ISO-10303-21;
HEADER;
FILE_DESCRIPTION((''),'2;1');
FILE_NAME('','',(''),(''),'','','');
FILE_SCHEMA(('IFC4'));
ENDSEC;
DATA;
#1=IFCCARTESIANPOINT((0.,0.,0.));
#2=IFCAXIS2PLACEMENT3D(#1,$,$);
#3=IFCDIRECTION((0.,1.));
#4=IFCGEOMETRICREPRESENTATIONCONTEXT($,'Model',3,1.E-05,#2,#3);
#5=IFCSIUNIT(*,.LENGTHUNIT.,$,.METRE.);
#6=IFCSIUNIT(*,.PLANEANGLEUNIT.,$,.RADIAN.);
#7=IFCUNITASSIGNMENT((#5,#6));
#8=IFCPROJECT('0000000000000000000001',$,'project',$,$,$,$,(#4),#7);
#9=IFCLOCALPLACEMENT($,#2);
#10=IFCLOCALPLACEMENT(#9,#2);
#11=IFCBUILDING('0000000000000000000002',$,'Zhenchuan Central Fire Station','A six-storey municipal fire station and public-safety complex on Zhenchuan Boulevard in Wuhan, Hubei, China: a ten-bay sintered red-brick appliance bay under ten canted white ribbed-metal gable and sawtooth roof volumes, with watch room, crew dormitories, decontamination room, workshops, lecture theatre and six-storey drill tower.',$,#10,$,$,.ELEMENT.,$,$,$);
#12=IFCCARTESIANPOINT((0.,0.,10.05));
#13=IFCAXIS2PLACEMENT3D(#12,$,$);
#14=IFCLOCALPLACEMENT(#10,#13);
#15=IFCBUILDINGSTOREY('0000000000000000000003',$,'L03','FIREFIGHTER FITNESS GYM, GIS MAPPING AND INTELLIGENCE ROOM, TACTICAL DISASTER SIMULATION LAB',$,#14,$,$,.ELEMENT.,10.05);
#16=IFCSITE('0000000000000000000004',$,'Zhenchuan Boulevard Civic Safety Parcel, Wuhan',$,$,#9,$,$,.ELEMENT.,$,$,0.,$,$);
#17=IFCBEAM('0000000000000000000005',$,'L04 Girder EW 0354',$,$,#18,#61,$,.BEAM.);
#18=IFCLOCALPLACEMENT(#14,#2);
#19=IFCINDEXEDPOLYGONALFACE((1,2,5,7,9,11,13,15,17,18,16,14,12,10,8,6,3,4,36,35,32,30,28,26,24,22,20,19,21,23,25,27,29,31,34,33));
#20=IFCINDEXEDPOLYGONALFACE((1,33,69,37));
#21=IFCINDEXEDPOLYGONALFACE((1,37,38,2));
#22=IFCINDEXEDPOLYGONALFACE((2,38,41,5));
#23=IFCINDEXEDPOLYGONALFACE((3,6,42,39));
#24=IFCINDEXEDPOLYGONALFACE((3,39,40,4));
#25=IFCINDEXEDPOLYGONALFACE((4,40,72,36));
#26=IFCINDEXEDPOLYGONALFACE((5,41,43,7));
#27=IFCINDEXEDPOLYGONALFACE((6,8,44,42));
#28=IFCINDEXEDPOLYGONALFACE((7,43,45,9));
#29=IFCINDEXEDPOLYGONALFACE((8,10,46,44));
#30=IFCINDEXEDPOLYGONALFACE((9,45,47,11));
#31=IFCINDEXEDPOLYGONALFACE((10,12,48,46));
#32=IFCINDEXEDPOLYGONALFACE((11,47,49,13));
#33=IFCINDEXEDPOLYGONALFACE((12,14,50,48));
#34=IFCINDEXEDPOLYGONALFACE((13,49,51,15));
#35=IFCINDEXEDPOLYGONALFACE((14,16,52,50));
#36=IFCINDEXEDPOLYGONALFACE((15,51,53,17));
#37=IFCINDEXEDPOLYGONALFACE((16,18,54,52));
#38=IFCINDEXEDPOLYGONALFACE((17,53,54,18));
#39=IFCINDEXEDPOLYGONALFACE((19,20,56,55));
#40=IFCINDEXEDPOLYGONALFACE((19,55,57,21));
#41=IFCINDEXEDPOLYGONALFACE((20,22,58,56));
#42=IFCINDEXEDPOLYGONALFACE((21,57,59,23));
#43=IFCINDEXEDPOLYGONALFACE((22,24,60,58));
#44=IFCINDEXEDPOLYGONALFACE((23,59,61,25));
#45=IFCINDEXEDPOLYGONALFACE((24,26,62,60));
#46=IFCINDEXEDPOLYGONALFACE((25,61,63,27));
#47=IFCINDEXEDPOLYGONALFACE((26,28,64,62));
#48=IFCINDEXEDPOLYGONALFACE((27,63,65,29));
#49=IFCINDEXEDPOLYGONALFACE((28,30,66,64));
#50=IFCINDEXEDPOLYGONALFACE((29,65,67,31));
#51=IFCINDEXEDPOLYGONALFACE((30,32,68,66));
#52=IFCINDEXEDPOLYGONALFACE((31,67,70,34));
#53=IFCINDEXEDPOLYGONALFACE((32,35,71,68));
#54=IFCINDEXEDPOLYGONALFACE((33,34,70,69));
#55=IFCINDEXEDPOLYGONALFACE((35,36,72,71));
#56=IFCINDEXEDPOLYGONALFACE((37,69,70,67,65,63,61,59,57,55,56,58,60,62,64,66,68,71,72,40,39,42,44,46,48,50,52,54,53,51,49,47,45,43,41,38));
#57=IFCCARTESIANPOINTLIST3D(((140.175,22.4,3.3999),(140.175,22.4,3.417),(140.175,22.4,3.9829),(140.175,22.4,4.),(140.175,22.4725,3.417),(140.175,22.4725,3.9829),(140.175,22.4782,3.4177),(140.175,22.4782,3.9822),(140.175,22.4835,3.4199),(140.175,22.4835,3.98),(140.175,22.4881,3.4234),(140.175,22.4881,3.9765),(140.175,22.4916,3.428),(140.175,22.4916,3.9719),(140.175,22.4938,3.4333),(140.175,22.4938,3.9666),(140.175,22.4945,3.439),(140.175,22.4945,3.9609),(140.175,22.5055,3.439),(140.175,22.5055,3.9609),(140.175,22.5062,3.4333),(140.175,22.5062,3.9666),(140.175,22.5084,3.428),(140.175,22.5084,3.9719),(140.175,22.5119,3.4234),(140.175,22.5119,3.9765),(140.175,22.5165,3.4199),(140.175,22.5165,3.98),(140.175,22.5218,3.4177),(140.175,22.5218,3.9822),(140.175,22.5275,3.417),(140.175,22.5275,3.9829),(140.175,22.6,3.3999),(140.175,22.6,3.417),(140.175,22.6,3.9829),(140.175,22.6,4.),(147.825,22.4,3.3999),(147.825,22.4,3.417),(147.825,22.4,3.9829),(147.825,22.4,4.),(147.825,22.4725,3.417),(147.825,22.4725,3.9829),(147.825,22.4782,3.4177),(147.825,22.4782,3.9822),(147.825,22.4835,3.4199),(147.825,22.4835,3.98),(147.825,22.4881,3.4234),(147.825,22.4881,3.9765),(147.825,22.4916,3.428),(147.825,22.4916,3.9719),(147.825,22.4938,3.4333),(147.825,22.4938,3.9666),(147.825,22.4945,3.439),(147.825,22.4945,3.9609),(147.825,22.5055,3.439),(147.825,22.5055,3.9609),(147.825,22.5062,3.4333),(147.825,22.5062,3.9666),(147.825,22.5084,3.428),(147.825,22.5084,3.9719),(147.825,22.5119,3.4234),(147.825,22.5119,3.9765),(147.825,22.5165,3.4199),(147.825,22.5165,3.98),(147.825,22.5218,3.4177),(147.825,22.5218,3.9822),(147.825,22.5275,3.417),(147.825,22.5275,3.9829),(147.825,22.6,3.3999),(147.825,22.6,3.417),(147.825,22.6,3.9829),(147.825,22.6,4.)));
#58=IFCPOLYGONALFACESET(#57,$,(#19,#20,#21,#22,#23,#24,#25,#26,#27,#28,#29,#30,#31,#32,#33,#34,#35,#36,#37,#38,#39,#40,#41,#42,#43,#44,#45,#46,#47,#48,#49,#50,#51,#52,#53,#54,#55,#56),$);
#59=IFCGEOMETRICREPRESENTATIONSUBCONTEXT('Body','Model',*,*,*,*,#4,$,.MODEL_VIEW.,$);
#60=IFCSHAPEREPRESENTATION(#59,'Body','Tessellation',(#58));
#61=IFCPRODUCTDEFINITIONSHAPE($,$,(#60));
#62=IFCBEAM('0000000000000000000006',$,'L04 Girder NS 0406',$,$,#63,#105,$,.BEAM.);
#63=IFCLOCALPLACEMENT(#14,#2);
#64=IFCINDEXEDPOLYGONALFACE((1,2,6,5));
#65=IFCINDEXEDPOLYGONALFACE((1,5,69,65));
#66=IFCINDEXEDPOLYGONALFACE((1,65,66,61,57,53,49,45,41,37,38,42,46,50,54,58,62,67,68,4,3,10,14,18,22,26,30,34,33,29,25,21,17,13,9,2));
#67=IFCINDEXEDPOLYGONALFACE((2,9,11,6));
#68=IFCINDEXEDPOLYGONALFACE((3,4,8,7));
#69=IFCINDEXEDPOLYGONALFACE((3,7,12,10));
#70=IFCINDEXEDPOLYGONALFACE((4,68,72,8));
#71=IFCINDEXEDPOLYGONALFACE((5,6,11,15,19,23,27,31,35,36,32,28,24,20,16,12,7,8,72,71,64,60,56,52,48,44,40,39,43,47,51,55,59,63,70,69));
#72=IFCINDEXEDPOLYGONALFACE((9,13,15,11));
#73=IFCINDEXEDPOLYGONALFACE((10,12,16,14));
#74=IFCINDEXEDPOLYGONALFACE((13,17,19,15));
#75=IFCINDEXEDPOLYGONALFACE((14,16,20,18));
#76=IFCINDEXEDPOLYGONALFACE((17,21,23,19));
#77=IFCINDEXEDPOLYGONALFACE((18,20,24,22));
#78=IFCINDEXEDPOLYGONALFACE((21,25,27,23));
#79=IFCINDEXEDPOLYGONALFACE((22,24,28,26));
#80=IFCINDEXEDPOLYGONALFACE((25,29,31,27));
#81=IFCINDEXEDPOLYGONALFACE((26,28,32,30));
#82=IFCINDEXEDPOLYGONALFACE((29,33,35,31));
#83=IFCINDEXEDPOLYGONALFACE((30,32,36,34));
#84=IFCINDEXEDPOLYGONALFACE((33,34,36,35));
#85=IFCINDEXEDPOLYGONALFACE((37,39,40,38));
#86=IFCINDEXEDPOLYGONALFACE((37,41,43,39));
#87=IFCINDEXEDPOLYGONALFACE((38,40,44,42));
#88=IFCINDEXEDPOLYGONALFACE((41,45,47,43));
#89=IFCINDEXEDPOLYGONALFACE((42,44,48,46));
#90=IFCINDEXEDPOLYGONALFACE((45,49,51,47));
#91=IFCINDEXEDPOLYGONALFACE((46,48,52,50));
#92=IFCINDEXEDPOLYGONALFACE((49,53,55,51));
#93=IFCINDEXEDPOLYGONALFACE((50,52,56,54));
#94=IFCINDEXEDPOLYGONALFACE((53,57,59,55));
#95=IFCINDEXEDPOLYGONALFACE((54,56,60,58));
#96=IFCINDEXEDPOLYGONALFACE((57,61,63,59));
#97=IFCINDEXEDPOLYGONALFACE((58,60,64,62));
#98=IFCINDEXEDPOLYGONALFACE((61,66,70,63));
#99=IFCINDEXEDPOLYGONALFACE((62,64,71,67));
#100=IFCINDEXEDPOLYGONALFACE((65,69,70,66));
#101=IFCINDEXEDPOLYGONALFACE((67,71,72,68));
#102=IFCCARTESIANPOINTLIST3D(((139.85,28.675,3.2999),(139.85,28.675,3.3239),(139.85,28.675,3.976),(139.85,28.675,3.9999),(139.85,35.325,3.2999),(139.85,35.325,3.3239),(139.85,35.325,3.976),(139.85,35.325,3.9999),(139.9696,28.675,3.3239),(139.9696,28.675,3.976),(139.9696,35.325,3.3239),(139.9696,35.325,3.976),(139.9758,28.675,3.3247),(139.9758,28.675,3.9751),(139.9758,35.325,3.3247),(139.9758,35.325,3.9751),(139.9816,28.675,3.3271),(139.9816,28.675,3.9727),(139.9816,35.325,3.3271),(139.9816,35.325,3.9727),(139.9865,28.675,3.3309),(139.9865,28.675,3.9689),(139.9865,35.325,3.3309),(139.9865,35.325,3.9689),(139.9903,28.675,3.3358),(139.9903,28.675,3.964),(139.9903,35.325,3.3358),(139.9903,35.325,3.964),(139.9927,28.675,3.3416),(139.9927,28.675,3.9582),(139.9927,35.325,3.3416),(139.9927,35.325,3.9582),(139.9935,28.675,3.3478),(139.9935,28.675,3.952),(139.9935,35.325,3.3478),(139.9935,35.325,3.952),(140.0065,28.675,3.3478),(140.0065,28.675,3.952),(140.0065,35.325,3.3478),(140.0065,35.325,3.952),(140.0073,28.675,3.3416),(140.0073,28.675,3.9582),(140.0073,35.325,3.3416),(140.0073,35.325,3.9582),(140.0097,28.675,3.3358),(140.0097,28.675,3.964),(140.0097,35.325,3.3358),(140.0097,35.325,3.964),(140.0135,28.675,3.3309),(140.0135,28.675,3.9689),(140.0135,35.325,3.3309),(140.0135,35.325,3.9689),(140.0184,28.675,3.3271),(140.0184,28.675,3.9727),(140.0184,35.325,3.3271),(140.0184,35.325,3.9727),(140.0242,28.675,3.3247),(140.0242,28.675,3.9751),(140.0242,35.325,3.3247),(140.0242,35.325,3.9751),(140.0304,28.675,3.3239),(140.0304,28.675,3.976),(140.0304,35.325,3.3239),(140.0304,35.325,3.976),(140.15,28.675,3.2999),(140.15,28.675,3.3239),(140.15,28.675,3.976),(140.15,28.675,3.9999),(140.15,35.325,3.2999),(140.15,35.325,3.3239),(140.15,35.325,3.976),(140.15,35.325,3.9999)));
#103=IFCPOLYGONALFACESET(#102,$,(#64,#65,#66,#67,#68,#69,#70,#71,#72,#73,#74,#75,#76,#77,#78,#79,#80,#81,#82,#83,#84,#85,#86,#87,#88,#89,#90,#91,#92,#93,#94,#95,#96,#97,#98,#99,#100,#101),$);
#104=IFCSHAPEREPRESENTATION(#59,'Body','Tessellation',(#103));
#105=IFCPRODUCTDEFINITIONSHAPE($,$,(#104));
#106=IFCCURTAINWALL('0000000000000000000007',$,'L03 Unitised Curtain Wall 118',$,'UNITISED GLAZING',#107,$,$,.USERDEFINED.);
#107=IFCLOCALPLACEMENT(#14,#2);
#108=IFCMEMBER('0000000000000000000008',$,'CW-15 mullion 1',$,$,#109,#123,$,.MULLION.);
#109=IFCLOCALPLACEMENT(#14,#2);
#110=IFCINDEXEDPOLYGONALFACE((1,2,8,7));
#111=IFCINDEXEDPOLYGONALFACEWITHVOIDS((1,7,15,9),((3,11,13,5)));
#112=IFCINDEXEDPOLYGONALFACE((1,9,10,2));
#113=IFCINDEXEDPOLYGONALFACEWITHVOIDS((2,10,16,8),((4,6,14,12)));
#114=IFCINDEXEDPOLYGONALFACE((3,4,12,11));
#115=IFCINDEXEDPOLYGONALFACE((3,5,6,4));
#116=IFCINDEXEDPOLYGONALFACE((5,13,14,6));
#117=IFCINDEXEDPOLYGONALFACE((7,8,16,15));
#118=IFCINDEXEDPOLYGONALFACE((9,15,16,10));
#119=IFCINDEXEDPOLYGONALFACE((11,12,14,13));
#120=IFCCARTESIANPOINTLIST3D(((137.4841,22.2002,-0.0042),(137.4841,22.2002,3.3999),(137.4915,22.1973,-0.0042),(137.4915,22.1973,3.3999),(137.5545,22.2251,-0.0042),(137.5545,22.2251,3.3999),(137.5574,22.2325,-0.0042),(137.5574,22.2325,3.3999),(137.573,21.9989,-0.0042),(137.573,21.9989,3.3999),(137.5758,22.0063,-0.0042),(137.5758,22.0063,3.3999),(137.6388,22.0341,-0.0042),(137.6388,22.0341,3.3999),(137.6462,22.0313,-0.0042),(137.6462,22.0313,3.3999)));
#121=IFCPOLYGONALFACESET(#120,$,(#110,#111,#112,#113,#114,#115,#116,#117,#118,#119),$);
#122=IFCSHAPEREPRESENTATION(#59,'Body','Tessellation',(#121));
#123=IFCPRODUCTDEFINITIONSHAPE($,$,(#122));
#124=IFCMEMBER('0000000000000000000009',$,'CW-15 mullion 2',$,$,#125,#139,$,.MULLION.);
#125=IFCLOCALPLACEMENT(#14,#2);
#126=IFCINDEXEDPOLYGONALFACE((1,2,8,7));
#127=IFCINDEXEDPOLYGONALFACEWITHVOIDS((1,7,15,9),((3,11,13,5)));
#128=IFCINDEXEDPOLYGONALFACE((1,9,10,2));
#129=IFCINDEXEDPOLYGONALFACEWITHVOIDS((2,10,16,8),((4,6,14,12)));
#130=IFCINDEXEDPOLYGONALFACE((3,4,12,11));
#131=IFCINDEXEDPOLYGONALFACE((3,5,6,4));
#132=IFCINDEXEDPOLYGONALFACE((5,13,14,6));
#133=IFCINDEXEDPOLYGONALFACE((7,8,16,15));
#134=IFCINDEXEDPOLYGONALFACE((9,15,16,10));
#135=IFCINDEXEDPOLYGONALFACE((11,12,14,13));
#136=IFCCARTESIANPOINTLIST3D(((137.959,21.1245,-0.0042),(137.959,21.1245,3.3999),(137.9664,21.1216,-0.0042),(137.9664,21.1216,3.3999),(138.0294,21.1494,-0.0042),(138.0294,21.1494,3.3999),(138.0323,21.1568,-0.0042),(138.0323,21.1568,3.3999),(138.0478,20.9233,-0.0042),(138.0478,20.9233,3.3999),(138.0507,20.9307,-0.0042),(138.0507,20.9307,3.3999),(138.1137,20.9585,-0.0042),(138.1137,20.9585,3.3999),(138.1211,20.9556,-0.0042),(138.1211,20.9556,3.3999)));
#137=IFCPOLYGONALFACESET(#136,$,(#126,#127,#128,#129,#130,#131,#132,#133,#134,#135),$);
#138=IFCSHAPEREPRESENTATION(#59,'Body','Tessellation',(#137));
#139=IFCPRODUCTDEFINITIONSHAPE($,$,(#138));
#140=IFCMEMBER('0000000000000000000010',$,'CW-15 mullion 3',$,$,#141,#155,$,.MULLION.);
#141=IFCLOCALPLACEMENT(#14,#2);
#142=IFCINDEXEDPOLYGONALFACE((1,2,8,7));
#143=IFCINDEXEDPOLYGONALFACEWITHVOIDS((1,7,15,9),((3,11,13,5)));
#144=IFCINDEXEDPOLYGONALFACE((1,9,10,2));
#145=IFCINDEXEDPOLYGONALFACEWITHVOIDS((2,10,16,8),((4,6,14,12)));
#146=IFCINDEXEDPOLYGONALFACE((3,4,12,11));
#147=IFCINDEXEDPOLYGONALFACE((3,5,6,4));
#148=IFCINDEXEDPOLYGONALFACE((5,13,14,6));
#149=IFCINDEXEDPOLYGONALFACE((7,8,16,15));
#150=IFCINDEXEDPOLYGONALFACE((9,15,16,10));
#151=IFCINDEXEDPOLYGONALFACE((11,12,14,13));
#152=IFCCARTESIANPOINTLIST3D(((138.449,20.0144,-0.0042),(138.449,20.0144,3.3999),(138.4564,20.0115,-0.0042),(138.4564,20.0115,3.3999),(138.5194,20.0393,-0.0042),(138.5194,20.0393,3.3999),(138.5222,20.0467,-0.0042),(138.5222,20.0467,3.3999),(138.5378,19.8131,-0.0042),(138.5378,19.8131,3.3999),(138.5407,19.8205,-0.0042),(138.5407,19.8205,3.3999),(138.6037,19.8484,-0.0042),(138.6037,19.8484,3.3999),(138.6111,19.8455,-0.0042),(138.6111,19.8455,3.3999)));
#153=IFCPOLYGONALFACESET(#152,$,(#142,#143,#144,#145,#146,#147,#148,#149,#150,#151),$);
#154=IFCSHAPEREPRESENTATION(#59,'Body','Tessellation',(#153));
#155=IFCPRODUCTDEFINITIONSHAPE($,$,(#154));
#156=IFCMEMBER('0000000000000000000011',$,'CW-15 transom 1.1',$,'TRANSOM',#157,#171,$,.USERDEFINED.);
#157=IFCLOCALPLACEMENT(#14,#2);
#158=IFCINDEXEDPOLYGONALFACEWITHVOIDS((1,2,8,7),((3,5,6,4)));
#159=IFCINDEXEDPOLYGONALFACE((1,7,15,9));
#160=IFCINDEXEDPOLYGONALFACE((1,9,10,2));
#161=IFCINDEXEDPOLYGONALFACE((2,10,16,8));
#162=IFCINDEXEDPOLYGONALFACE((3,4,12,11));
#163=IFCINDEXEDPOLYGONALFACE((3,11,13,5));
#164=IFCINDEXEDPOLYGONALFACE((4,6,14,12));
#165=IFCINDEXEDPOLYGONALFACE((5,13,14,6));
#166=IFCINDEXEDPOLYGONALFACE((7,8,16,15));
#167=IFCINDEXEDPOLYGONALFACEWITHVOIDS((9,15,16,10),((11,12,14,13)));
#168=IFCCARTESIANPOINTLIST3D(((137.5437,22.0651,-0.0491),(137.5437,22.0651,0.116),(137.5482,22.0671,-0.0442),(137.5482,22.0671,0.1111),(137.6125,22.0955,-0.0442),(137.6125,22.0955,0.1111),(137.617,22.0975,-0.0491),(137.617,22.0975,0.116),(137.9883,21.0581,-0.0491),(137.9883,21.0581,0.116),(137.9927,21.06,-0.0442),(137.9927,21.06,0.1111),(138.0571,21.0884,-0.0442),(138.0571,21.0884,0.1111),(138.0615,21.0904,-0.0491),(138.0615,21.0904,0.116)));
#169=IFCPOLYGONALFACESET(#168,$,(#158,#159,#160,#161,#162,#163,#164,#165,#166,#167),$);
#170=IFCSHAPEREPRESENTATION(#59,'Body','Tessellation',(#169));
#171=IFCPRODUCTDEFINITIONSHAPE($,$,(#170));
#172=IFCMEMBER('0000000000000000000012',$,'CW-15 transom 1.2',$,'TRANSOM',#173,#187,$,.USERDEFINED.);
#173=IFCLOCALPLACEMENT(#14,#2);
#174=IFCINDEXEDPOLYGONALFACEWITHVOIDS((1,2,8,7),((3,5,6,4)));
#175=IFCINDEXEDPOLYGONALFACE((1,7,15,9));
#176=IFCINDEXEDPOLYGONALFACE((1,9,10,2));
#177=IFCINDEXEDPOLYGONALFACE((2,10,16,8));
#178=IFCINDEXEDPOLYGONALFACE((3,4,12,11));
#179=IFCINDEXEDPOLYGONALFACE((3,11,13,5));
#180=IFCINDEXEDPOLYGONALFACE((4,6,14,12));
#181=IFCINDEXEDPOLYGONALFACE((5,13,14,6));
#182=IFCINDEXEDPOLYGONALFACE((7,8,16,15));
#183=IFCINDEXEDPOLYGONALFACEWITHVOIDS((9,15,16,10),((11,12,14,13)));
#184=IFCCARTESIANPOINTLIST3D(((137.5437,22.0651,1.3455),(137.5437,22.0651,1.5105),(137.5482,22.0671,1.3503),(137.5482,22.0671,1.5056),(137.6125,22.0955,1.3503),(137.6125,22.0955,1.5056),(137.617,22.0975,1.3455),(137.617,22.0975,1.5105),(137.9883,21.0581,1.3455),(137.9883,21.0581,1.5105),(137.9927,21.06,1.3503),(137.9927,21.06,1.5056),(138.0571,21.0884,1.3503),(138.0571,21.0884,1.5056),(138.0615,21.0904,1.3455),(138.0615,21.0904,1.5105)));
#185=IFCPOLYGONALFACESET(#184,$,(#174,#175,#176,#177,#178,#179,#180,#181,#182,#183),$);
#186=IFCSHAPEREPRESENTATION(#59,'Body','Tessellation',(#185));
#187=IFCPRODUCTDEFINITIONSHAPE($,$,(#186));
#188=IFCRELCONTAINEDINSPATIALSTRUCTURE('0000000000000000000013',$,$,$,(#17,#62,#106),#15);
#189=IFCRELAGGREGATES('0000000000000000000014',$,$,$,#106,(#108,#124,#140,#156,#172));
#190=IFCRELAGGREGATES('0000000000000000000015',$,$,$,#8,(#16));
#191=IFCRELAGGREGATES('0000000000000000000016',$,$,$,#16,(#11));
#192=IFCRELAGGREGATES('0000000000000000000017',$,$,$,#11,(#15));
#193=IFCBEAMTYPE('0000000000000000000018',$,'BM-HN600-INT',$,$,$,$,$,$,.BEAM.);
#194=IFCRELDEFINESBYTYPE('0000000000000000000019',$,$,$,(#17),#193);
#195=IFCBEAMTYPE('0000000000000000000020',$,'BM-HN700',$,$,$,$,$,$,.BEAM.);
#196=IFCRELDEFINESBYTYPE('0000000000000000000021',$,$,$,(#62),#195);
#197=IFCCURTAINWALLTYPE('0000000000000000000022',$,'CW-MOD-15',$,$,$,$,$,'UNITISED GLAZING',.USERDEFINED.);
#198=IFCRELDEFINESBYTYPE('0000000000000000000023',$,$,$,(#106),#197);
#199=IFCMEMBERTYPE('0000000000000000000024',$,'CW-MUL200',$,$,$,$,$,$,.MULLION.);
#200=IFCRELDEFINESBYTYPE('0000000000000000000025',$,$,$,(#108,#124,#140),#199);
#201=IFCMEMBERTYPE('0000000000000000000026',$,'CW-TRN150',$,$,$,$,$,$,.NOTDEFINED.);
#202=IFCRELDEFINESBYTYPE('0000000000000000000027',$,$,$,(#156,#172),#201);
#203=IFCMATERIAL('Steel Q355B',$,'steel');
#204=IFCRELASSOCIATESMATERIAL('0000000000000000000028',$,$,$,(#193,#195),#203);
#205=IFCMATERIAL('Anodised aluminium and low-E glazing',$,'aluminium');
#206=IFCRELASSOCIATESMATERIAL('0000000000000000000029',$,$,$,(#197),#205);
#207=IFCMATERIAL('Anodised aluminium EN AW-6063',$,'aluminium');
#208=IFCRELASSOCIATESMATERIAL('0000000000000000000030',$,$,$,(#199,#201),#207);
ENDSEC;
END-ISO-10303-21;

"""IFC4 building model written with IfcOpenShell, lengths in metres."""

from ifc_helpers import new_model, si_unit, direction, frame, origin, origin_2d, place, context, subcontext, project, spatial, hollow_rectangle, i_section, extrude, material, material_profile, profile_set, type_object, element, aggregate, save


model = new_model("IFC4")

# Units and contexts
model_context = context("Model", 3, precision=1e-05, world=origin(), true_north=direction((0.0, 1.0)))
body_context = subcontext(model_context, "Body", "Model", "MODEL_VIEW")
ifc_project = project(units=[si_unit("LENGTHUNIT", "METRE"), si_unit("PLANEANGLEUNIT", "RADIAN")], contexts=[model_context])

# Site, building, storey
site_placement = place(None, origin())
site = spatial("IfcSite", under=ifc_project, at=site_placement, Name="Zhenchuan Boulevard Civic Safety Parcel, Wuhan", CompositionType="ELEMENT", RefElevation=0.0)
building_placement = place(site_placement, origin())
building = spatial("IfcBuilding", under=site, at=building_placement, Name="Zhenchuan Central Fire Station", Description="A six-storey municipal fire station and public-safety complex on Zhenchuan Boulevard in Wuhan, Hubei, China: a ten-bay sintered red-brick appliance bay under ten canted white ribbed-metal gable and sawtooth roof volumes, with watch room, crew dormitories, decontamination room, workshops, lecture theatre and six-storey drill tower.", CompositionType="ELEMENT")
storey_placement = place(building_placement, frame((0.0, 0.0, 10.05)))
storey = spatial("IfcBuildingStorey", under=building, at=storey_placement, Name="L03", Description="FIREFIGHTER FITNESS GYM, GIS MAPPING AND INTELLIGENCE ROOM, TACTICAL DISASTER SIMULATION LAB", CompositionType="ELEMENT", Elevation=10.05)

# Shared definitions
ifc_material_1 = material(Name="Steel Q355B", Category="steel")

# Beams
ifc_material_profile_1 = material_profile(ifc_material_1, i_section(OverallWidth=0.2, OverallDepth=0.6001, WebThickness=0.011, FlangeThickness=0.0171, FilletRadius=0.022, at=origin_2d()), Name="HN 600x200")
ifc_profile_set_1 = profile_set([ifc_material_profile_1], Name="Steel Q355B")
beam_type_1 = type_object("IfcBeamType", Name="BM-HN600-INT", PredefinedType="BEAM", material=ifc_profile_set_1)
beam_1_placement = place(storey_placement, frame((140.175, 22.5, 3.7), z_axis=(1.0, 0.0, 0.0), x_axis=(0.0, 1.0, 0.0)))
element("IfcBeam", 1, at=beam_1_placement, inside=storey, type_object=beam_type_1, Name="L04 Girder EW 0354", PredefinedType="BEAM", context=body_context, shape_type="SweptSolid", body=[
    extrude(i_section(OverallWidth=0.2, OverallDepth=0.6001, WebThickness=0.011, FlangeThickness=0.0171, FilletRadius=0.022, at=origin_2d()), origin(), (0.0, 0.0, 1.0), 7.6499),
])
ifc_material_profile_2 = material_profile(ifc_material_1, i_section(OverallWidth=0.3, OverallDepth=0.7, WebThickness=0.0129, FlangeThickness=0.0239, FilletRadius=0.0239, at=origin_2d()), Name="HN 700x300")
ifc_profile_set_2 = profile_set([ifc_material_profile_2], Name="Steel Q355B")
beam_type_2 = type_object("IfcBeamType", Name="BM-HN700", PredefinedType="BEAM", material=ifc_profile_set_2)
beam_2_placement = place(storey_placement, frame((140.0, 28.675, 3.6499), z_axis=(0.0, 1.0, 0.0), x_axis=(-1.0, 0.0, 0.0)))
element("IfcBeam", 2, at=beam_2_placement, inside=storey, type_object=beam_type_2, Name="L04 Girder NS 0406", PredefinedType="BEAM", context=body_context, shape_type="SweptSolid", body=[
    extrude(i_section(OverallWidth=0.3, OverallDepth=0.7, WebThickness=0.0129, FlangeThickness=0.0239, FilletRadius=0.0239, at=origin_2d()), origin(), (0.0, 0.0, 1.0), 6.6499),
])

# Curtain wall, members
ifc_material_2 = material(Name="Anodised aluminium and low-E glazing", Category="aluminium")
curtain_wall_type_1 = type_object("IfcCurtainWallType", Name="CW-MOD-15", ElementType="UNITISED GLAZING", PredefinedType="USERDEFINED", material=ifc_material_2)
curtain_wall_1_placement = place(storey_placement, origin())
curtain_wall_1 = element("IfcCurtainWall", 3, at=curtain_wall_1_placement, inside=storey, type_object=curtain_wall_type_1, Name="L03 Unitised Curtain Wall 118", ObjectType="UNITISED GLAZING", PredefinedType="USERDEFINED")
ifc_material_3 = material(Name="Anodised aluminium EN AW-6063", Category="aluminium")
ifc_material_profile_3 = material_profile(ifc_material_3, hollow_rectangle(XDim=0.0801, YDim=0.22, WallThickness=0.0056, at=origin_2d()), Name="ALU-M 220x80")
ifc_profile_set_3 = profile_set([ifc_material_profile_3], Name="Anodised aluminium EN AW-6063")
member_type_1 = type_object("IfcMemberType", Name="CW-MUL200", PredefinedType="MULLION", material=ifc_profile_set_3)
member_1_placement = place(storey_placement, frame((137.5652, 22.1157, -0.0042), z_axis=(0.0, 0.0, 1.0), x_axis=(0.914828, 0.403843, 0.0)))
member_1 = element("IfcMember", 4, at=member_1_placement, type_object=member_type_1, Name="CW-15 mullion 1", PredefinedType="MULLION", context=body_context, shape_type="SweptSolid", body=[
    extrude(hollow_rectangle(XDim=0.0801, YDim=0.22, WallThickness=0.0056, at=origin_2d()), origin(), (0.0, 0.0, 1.0), 3.4041),
])
member_2_placement = place(storey_placement, frame((138.04, 21.04, -0.0042), z_axis=(0.0, 0.0, 1.0), x_axis=(0.914828, 0.403843, 0.0)))
member_2 = element("IfcMember", 5, at=member_2_placement, type_object=member_type_1, Name="CW-15 mullion 2", PredefinedType="MULLION", context=body_context, shape_type="SweptSolid", body=[
    extrude(hollow_rectangle(XDim=0.0801, YDim=0.22, WallThickness=0.0056, at=origin_2d()), origin(), (0.0, 0.0, 1.0), 3.4041),
])
member_3_placement = place(storey_placement, frame((138.53, 19.9299, -0.0042), z_axis=(0.0, 0.0, 1.0), x_axis=(0.914828, 0.403843, 0.0)))
member_3 = element("IfcMember", 6, at=member_3_placement, type_object=member_type_1, Name="CW-15 mullion 3", PredefinedType="MULLION", context=body_context, shape_type="SweptSolid", body=[
    extrude(hollow_rectangle(XDim=0.0801, YDim=0.22, WallThickness=0.0056, at=origin_2d()), origin(), (0.0, 0.0, 1.0), 3.4041),
])
ifc_material_profile_4 = material_profile(ifc_material_3, hollow_rectangle(XDim=0.0801, YDim=0.165, WallThickness=0.0049, at=origin_2d()), Name="ALU-T 165x80")
ifc_profile_set_4 = profile_set([ifc_material_profile_4], Name="Anodised aluminium EN AW-6063")
member_type_2 = type_object("IfcMemberType", Name="CW-TRN150", PredefinedType="NOTDEFINED", material=ifc_profile_set_4)
member_4_placement = place(storey_placement, frame((137.5803, 22.0813, 0.0334), z_axis=(0.403853, -0.914824, 0.0), x_axis=(0.914824, 0.403853, 0.0)))
member_4 = element("IfcMember", 7, at=member_4_placement, type_object=member_type_2, Name="CW-15 transom 1.1", ObjectType="TRANSOM", PredefinedType="USERDEFINED", context=body_context, shape_type="SweptSolid", body=[
    extrude(hollow_rectangle(XDim=0.0801, YDim=0.165, WallThickness=0.0049, at=origin_2d()), origin(), (0.0, 0.0, 1.0), 1.1008),
])
member_5_placement = place(storey_placement, frame((137.5803, 22.0813, 1.428), z_axis=(0.403853, -0.914824, 0.0), x_axis=(0.914824, 0.403853, 0.0)))
member_5 = element("IfcMember", 8, at=member_5_placement, type_object=member_type_2, Name="CW-15 transom 1.2", ObjectType="TRANSOM", PredefinedType="USERDEFINED", context=body_context, shape_type="SweptSolid", body=[
    extrude(hollow_rectangle(XDim=0.0801, YDim=0.165, WallThickness=0.0049, at=origin_2d()), origin(), (0.0, 0.0, 1.0), 1.1008),
])

aggregate(curtain_wall_1, [member_1, member_2, member_3, member_4, member_5])

save(model, "model.ifc")
